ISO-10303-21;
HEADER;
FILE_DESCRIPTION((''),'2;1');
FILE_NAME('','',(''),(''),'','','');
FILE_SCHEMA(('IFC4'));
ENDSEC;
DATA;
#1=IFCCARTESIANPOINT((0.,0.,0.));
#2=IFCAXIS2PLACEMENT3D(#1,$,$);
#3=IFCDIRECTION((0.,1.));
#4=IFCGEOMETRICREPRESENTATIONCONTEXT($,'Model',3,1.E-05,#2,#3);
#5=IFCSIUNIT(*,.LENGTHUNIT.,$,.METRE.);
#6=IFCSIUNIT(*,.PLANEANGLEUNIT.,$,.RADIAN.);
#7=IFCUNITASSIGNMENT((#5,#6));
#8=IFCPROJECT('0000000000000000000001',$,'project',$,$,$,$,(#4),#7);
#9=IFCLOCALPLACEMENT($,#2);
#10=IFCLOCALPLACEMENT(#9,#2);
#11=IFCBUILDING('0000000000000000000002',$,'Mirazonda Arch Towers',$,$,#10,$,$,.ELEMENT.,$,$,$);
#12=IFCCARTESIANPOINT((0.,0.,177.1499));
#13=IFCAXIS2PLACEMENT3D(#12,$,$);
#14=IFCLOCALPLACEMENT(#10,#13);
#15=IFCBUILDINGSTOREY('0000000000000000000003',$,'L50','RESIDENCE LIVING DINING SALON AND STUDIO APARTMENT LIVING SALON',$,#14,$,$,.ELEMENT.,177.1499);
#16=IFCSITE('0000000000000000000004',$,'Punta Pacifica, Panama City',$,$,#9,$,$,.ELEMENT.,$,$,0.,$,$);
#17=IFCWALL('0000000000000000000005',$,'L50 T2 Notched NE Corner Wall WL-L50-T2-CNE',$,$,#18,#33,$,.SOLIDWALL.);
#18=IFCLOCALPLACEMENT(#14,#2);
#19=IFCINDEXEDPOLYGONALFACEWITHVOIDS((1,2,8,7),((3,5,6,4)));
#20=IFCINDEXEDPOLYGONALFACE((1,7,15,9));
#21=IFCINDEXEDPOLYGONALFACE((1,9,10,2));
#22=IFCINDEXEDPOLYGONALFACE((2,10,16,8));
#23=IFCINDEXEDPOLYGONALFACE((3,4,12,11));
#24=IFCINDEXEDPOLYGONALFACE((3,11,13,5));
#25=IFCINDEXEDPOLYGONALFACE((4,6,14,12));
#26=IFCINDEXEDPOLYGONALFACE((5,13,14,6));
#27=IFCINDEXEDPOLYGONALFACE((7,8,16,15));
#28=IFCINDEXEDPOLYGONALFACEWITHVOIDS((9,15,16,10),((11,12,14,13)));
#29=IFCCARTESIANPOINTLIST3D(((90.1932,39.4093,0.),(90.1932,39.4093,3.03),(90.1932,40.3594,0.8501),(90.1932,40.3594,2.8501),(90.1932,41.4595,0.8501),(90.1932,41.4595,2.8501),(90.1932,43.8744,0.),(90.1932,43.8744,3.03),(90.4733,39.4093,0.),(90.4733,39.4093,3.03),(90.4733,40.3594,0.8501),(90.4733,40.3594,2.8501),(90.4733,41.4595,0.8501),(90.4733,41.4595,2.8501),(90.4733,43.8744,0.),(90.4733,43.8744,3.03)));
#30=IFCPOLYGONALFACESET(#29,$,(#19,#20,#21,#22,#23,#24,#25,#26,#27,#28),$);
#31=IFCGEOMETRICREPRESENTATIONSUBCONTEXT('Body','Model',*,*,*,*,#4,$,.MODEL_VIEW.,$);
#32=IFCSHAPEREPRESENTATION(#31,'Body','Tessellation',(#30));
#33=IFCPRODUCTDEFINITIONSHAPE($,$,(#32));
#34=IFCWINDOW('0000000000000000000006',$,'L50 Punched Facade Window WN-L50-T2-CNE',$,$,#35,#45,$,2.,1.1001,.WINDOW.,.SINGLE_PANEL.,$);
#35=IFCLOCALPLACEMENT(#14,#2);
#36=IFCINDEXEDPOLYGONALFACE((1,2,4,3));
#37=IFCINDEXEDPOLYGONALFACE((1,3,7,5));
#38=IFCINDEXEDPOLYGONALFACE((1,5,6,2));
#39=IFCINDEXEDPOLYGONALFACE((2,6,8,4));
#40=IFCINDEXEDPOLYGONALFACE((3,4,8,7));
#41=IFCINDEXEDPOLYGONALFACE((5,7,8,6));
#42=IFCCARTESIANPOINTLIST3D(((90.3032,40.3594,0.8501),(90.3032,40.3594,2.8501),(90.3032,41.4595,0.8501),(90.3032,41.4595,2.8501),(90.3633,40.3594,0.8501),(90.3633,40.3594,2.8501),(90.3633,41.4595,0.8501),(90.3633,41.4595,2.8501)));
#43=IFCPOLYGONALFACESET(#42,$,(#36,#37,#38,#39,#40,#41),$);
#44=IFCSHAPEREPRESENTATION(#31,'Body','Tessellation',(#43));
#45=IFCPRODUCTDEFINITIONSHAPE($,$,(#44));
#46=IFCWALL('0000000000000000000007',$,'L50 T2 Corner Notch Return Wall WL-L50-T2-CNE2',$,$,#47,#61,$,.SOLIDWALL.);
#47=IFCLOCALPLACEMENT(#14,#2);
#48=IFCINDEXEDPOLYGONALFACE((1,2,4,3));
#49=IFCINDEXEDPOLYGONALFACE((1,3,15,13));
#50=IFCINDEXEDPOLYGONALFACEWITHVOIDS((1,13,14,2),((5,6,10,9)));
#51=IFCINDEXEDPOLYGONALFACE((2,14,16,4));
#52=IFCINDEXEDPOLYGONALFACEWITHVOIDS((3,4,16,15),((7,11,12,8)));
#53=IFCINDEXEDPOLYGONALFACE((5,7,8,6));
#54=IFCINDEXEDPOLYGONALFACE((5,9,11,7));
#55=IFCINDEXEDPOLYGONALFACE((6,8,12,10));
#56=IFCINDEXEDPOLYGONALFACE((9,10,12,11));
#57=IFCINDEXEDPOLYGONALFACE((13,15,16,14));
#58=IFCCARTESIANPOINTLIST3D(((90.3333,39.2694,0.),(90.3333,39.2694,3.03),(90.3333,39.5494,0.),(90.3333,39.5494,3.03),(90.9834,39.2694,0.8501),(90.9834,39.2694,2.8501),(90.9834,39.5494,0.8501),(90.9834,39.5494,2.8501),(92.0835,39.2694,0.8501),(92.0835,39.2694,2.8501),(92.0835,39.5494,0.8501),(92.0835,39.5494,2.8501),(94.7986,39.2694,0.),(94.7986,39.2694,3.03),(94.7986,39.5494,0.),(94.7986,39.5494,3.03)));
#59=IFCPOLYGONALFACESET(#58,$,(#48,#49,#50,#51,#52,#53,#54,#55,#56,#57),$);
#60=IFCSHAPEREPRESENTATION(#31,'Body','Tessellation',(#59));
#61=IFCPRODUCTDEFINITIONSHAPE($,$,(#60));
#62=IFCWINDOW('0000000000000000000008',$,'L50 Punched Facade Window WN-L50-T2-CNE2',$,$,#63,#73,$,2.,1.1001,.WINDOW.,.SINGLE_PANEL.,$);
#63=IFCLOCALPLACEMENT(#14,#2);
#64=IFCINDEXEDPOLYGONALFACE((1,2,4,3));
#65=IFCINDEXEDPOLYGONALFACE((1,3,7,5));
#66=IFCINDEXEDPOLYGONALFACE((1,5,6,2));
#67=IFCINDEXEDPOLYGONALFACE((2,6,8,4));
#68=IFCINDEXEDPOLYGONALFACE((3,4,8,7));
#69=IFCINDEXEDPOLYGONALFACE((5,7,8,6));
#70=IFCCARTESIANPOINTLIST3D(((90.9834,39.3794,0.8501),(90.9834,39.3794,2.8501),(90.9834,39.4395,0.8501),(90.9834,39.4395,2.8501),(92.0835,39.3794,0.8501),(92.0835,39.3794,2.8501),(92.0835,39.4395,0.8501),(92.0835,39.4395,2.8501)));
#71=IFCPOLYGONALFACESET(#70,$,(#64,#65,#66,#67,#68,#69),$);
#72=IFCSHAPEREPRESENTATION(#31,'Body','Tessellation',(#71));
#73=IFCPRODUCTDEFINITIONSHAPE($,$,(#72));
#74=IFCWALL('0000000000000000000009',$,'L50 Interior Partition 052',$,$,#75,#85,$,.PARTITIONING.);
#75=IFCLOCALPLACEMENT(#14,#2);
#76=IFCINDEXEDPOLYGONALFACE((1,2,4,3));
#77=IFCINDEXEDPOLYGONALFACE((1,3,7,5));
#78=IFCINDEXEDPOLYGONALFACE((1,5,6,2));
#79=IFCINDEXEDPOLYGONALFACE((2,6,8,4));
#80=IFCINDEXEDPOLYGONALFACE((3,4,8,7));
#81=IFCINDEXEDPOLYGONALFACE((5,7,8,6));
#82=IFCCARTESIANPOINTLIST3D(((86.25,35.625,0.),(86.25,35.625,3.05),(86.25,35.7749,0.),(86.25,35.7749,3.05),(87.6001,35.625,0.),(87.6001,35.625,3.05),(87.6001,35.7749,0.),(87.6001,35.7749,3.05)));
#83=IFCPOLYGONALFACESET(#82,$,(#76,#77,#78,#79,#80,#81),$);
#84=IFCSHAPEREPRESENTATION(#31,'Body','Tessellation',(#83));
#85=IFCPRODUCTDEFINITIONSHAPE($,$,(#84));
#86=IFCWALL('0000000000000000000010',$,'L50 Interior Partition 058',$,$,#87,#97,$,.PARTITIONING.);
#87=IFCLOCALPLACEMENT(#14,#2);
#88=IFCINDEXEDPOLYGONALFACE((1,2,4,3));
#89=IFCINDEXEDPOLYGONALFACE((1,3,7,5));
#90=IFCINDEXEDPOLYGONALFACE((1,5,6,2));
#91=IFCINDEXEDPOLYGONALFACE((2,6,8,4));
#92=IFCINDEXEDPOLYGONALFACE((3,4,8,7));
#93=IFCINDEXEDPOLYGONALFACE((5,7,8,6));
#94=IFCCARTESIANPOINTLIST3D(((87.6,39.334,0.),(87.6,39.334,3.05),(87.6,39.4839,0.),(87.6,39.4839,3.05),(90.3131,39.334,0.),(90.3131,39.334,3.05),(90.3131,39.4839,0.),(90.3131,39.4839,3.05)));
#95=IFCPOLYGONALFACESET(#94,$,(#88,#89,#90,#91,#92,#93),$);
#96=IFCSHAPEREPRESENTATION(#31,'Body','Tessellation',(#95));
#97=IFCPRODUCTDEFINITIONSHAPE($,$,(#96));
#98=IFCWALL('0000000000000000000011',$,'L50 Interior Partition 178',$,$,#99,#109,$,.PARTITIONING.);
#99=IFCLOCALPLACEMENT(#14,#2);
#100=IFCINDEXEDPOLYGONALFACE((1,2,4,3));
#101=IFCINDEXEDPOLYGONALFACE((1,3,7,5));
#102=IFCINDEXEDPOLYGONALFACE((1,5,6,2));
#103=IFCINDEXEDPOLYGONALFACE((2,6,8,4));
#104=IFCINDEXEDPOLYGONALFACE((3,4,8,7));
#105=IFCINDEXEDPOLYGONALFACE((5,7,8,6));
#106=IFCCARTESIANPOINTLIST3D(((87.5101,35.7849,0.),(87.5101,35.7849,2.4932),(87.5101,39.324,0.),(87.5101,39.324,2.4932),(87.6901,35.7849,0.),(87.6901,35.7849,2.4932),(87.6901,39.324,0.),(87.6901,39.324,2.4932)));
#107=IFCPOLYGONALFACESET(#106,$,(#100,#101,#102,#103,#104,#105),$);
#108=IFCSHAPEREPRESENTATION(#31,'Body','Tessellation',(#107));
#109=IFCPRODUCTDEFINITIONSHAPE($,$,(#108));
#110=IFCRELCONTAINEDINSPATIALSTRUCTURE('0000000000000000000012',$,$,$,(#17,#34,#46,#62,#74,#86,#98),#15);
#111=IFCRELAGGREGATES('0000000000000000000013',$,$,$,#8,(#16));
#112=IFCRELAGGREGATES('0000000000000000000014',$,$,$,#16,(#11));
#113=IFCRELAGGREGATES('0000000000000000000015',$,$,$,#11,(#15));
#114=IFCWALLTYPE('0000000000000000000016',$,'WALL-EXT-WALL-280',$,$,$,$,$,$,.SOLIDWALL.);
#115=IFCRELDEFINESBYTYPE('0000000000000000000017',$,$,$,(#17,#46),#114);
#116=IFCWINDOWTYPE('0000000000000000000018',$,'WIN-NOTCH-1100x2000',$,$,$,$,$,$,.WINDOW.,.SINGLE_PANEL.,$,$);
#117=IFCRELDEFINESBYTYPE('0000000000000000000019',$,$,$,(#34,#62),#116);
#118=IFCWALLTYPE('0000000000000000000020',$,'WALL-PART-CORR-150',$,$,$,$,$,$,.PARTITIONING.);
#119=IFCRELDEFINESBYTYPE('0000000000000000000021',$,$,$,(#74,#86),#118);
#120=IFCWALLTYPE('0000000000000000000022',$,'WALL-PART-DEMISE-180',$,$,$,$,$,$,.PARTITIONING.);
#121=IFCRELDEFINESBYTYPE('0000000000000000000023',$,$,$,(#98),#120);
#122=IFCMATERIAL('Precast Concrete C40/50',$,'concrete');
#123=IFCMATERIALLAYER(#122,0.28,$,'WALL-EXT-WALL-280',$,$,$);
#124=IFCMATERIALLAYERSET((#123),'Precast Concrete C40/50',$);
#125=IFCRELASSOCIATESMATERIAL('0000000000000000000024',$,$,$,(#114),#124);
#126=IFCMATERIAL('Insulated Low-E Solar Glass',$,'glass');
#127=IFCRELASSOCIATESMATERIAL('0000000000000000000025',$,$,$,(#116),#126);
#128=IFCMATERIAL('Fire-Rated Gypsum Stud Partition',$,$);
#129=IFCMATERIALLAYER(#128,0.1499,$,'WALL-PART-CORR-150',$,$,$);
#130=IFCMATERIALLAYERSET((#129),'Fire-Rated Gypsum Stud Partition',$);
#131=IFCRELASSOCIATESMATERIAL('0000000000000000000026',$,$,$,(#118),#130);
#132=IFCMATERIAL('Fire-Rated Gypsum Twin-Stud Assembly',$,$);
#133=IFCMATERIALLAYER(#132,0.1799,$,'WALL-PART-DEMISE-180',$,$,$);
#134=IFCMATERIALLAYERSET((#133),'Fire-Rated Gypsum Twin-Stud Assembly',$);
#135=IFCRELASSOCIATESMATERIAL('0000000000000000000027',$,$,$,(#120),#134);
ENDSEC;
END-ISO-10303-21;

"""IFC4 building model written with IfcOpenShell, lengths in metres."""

from ifc_helpers import new_model, si_unit, direction, frame, frame_2d, origin, place, context, subcontext, project, spatial, rectangle, extrude, material, layer, layer_set, type_object, element, fill, save


model = new_model("IFC4")

# Units and contexts
model_context = context("Model", 3, precision=1e-05, world=origin(), true_north=direction((0.0, 1.0)))
body_context = subcontext(model_context, "Body", "Model", "MODEL_VIEW")
ifc_project = project(units=[si_unit("LENGTHUNIT", "METRE"), si_unit("PLANEANGLEUNIT", "RADIAN")], contexts=[model_context])

# Site, building, storey
site_placement = place(None, origin())
site = spatial("IfcSite", under=ifc_project, at=site_placement, Name="Punta Pacifica, Panama City", CompositionType="ELEMENT", RefElevation=0.0)
building_placement = place(site_placement, origin())
building = spatial("IfcBuilding", under=site, at=building_placement, Name="Mirazonda Arch Towers", CompositionType="ELEMENT")
storey_placement = place(building_placement, frame((0.0, 0.0, 177.1499)))
storey = spatial("IfcBuildingStorey", under=building, at=storey_placement, Name="L50", Description="RESIDENCE LIVING DINING SALON AND STUDIO APARTMENT LIVING SALON", CompositionType="ELEMENT", Elevation=177.1499)

# Shared definitions
ifc_material_1 = material(Name="Insulated Low-E Solar Glass", Category="glass")

# Walls, openings, windows
ifc_material_2 = material(Name="Precast Concrete C40/50", Category="concrete")
ifc_layer_1 = layer(ifc_material_2, 0.28, Name="WALL-EXT-WALL-280")
ifc_layer_set_1 = layer_set([ifc_layer_1], Name="Precast Concrete C40/50")
wall_type_1 = type_object("IfcWallType", Name="WALL-EXT-WALL-280", PredefinedType="SOLIDWALL", material=ifc_layer_set_1)
wall_1_placement = place(storey_placement, frame((90.3333, 39.4094, 0.0), z_axis=(0.0, 0.0, 1.0), x_axis=(0.0, 1.0, 0.0)))
wall_1 = element("IfcWall", 1, at=wall_1_placement, inside=storey, type_object=wall_type_1, Name="L50 T2 Notched NE Corner Wall WL-L50-T2-CNE", PredefinedType="SOLIDWALL", context=body_context, shape_type="SweptSolid", body=[
    extrude(rectangle(XDim=4.4651, YDim=0.28, at=frame_2d((2.2324, 0.0))), origin(), (0.0, 0.0, 1.0), 3.03),
])
opening_1_placement = place(wall_1_placement, frame((0.95, 0.0, 0.8501)))
opening_1 = element("IfcOpeningElement", 2, at=opening_1_placement, cuts=wall_1, PredefinedType="OPENING", context=body_context, shape_type="SweptSolid", body=[
    extrude(rectangle(XDim=1.1001, YDim=2.0, at=frame_2d((0.55, 1.0))), frame((0.0, 0.1499, 0.0), z_axis=(0.0, -1.0, 0.0), x_axis=(1.0, 0.0, 0.0)), (0.0, 0.0, 1.0), 0.3),
])
window_type = type_object("IfcWindowType", Name="WIN-NOTCH-1100x2000", PartitioningType="SINGLE_PANEL", PredefinedType="WINDOW", material=ifc_material_1)
window_1_placement = place(opening_1_placement, origin())
window_1 = element("IfcWindow", 3, at=window_1_placement, inside=storey, type_object=window_type, Name="L50 Punched Facade Window WN-L50-T2-CNE", OverallHeight=2.0, OverallWidth=1.1001, PartitioningType="SINGLE_PANEL", PredefinedType="WINDOW", context=body_context, shape_type="SweptSolid", body=[
    extrude(rectangle(XDim=1.1001, YDim=2.0, at=frame_2d((0.55, 1.0))), frame((0.0, 0.03, 0.0), z_axis=(0.0, -1.0, 0.0), x_axis=(1.0, 0.0, 0.0)), (0.0, 0.0, 1.0), 0.0601),
])
fill(opening_1, window_1)
wall_2_placement = place(storey_placement, frame((94.7986, 39.4094, 0.0), z_axis=(0.0, 0.0, 1.0), x_axis=(-1.0, 0.0, 0.0)))
wall_2 = element("IfcWall", 4, at=wall_2_placement, inside=storey, type_object=wall_type_1, Name="L50 T2 Corner Notch Return Wall WL-L50-T2-CNE2", PredefinedType="SOLIDWALL", context=body_context, shape_type="SweptSolid", body=[
    extrude(rectangle(XDim=4.4653, YDim=0.28, at=frame_2d((2.2327, 0.0))), origin(), (0.0, 0.0, 1.0), 3.03),
])
opening_2_placement = place(wall_2_placement, frame((2.7151, 0.0, 0.8501)))
opening_2 = element("IfcOpeningElement", 5, at=opening_2_placement, cuts=wall_2, PredefinedType="OPENING", context=body_context, shape_type="SweptSolid", body=[
    extrude(rectangle(XDim=1.1001, YDim=2.0, at=frame_2d((0.55, 1.0))), frame((0.0, 0.1499, 0.0), z_axis=(0.0, -1.0, 0.0), x_axis=(1.0, 0.0, 0.0)), (0.0, 0.0, 1.0), 0.3),
])
window_2_placement = place(opening_2_placement, origin())
window_2 = element("IfcWindow", 6, at=window_2_placement, inside=storey, type_object=window_type, Name="L50 Punched Facade Window WN-L50-T2-CNE2", OverallHeight=2.0, OverallWidth=1.1001, PartitioningType="SINGLE_PANEL", PredefinedType="WINDOW", context=body_context, shape_type="SweptSolid", body=[
    extrude(rectangle(XDim=1.1001, YDim=2.0, at=frame_2d((0.55, 1.0))), frame((0.0, 0.03, 0.0), z_axis=(0.0, -1.0, 0.0), x_axis=(1.0, 0.0, 0.0)), (0.0, 0.0, 1.0), 0.0601),
])
fill(opening_2, window_2)

# Walls
ifc_material_3 = material(Name="Fire-Rated Gypsum Stud Partition")
ifc_layer_2 = layer(ifc_material_3, 0.1499, Name="WALL-PART-CORR-150")
ifc_layer_set_2 = layer_set([ifc_layer_2], Name="Fire-Rated Gypsum Stud Partition")
wall_type_2 = type_object("IfcWallType", Name="WALL-PART-CORR-150", PredefinedType="PARTITIONING", material=ifc_layer_set_2)
wall_3_placement = place(storey_placement, frame((86.25, 35.7, 0.0), z_axis=(0.0, 0.0, 1.0), x_axis=(1.0, 0.0, 0.0)))
element("IfcWall", 7, at=wall_3_placement, inside=storey, type_object=wall_type_2, Name="L50 Interior Partition 052", PredefinedType="PARTITIONING", context=body_context, shape_type="SweptSolid", body=[
    extrude(rectangle(XDim=1.3501, YDim=0.1499, at=frame_2d((0.675, 0.0))), origin(), (0.0, 0.0, 1.0), 3.05),
])
wall_4_placement = place(storey_placement, frame((87.6001, 39.4089, 0.0), z_axis=(0.0, 0.0, 1.0), x_axis=(1.0, 0.0, 0.0)))
element("IfcWall", 8, at=wall_4_placement, inside=storey, type_object=wall_type_2, Name="L50 Interior Partition 058", PredefinedType="PARTITIONING", context=body_context, shape_type="SweptSolid", body=[
    extrude(rectangle(XDim=2.7131, YDim=0.1499, at=frame_2d((1.3564, 0.0))), origin(), (0.0, 0.0, 1.0), 3.05),
])
ifc_material_4 = material(Name="Fire-Rated Gypsum Twin-Stud Assembly")
ifc_layer_3 = layer(ifc_material_4, 0.1799, Name="WALL-PART-DEMISE-180")
ifc_layer_set_3 = layer_set([ifc_layer_3], Name="Fire-Rated Gypsum Twin-Stud Assembly")
wall_type_3 = type_object("IfcWallType", Name="WALL-PART-DEMISE-180", PredefinedType="PARTITIONING", material=ifc_layer_set_3)
wall_5_placement = place(storey_placement, frame((87.6001, 35.7849, 0.0), z_axis=(0.0, 0.0, 1.0), x_axis=(0.0, 1.0, 0.0)))
element("IfcWall", 9, at=wall_5_placement, inside=storey, type_object=wall_type_3, Name="L50 Interior Partition 178", PredefinedType="PARTITIONING", context=body_context, shape_type="SweptSolid", body=[
    extrude(rectangle(XDim=3.5391, YDim=0.1799, at=frame_2d((1.7695, 0.0))), origin(), (0.0, 0.0, 1.0), 2.4932),
])

save(model, "model.ifc")
